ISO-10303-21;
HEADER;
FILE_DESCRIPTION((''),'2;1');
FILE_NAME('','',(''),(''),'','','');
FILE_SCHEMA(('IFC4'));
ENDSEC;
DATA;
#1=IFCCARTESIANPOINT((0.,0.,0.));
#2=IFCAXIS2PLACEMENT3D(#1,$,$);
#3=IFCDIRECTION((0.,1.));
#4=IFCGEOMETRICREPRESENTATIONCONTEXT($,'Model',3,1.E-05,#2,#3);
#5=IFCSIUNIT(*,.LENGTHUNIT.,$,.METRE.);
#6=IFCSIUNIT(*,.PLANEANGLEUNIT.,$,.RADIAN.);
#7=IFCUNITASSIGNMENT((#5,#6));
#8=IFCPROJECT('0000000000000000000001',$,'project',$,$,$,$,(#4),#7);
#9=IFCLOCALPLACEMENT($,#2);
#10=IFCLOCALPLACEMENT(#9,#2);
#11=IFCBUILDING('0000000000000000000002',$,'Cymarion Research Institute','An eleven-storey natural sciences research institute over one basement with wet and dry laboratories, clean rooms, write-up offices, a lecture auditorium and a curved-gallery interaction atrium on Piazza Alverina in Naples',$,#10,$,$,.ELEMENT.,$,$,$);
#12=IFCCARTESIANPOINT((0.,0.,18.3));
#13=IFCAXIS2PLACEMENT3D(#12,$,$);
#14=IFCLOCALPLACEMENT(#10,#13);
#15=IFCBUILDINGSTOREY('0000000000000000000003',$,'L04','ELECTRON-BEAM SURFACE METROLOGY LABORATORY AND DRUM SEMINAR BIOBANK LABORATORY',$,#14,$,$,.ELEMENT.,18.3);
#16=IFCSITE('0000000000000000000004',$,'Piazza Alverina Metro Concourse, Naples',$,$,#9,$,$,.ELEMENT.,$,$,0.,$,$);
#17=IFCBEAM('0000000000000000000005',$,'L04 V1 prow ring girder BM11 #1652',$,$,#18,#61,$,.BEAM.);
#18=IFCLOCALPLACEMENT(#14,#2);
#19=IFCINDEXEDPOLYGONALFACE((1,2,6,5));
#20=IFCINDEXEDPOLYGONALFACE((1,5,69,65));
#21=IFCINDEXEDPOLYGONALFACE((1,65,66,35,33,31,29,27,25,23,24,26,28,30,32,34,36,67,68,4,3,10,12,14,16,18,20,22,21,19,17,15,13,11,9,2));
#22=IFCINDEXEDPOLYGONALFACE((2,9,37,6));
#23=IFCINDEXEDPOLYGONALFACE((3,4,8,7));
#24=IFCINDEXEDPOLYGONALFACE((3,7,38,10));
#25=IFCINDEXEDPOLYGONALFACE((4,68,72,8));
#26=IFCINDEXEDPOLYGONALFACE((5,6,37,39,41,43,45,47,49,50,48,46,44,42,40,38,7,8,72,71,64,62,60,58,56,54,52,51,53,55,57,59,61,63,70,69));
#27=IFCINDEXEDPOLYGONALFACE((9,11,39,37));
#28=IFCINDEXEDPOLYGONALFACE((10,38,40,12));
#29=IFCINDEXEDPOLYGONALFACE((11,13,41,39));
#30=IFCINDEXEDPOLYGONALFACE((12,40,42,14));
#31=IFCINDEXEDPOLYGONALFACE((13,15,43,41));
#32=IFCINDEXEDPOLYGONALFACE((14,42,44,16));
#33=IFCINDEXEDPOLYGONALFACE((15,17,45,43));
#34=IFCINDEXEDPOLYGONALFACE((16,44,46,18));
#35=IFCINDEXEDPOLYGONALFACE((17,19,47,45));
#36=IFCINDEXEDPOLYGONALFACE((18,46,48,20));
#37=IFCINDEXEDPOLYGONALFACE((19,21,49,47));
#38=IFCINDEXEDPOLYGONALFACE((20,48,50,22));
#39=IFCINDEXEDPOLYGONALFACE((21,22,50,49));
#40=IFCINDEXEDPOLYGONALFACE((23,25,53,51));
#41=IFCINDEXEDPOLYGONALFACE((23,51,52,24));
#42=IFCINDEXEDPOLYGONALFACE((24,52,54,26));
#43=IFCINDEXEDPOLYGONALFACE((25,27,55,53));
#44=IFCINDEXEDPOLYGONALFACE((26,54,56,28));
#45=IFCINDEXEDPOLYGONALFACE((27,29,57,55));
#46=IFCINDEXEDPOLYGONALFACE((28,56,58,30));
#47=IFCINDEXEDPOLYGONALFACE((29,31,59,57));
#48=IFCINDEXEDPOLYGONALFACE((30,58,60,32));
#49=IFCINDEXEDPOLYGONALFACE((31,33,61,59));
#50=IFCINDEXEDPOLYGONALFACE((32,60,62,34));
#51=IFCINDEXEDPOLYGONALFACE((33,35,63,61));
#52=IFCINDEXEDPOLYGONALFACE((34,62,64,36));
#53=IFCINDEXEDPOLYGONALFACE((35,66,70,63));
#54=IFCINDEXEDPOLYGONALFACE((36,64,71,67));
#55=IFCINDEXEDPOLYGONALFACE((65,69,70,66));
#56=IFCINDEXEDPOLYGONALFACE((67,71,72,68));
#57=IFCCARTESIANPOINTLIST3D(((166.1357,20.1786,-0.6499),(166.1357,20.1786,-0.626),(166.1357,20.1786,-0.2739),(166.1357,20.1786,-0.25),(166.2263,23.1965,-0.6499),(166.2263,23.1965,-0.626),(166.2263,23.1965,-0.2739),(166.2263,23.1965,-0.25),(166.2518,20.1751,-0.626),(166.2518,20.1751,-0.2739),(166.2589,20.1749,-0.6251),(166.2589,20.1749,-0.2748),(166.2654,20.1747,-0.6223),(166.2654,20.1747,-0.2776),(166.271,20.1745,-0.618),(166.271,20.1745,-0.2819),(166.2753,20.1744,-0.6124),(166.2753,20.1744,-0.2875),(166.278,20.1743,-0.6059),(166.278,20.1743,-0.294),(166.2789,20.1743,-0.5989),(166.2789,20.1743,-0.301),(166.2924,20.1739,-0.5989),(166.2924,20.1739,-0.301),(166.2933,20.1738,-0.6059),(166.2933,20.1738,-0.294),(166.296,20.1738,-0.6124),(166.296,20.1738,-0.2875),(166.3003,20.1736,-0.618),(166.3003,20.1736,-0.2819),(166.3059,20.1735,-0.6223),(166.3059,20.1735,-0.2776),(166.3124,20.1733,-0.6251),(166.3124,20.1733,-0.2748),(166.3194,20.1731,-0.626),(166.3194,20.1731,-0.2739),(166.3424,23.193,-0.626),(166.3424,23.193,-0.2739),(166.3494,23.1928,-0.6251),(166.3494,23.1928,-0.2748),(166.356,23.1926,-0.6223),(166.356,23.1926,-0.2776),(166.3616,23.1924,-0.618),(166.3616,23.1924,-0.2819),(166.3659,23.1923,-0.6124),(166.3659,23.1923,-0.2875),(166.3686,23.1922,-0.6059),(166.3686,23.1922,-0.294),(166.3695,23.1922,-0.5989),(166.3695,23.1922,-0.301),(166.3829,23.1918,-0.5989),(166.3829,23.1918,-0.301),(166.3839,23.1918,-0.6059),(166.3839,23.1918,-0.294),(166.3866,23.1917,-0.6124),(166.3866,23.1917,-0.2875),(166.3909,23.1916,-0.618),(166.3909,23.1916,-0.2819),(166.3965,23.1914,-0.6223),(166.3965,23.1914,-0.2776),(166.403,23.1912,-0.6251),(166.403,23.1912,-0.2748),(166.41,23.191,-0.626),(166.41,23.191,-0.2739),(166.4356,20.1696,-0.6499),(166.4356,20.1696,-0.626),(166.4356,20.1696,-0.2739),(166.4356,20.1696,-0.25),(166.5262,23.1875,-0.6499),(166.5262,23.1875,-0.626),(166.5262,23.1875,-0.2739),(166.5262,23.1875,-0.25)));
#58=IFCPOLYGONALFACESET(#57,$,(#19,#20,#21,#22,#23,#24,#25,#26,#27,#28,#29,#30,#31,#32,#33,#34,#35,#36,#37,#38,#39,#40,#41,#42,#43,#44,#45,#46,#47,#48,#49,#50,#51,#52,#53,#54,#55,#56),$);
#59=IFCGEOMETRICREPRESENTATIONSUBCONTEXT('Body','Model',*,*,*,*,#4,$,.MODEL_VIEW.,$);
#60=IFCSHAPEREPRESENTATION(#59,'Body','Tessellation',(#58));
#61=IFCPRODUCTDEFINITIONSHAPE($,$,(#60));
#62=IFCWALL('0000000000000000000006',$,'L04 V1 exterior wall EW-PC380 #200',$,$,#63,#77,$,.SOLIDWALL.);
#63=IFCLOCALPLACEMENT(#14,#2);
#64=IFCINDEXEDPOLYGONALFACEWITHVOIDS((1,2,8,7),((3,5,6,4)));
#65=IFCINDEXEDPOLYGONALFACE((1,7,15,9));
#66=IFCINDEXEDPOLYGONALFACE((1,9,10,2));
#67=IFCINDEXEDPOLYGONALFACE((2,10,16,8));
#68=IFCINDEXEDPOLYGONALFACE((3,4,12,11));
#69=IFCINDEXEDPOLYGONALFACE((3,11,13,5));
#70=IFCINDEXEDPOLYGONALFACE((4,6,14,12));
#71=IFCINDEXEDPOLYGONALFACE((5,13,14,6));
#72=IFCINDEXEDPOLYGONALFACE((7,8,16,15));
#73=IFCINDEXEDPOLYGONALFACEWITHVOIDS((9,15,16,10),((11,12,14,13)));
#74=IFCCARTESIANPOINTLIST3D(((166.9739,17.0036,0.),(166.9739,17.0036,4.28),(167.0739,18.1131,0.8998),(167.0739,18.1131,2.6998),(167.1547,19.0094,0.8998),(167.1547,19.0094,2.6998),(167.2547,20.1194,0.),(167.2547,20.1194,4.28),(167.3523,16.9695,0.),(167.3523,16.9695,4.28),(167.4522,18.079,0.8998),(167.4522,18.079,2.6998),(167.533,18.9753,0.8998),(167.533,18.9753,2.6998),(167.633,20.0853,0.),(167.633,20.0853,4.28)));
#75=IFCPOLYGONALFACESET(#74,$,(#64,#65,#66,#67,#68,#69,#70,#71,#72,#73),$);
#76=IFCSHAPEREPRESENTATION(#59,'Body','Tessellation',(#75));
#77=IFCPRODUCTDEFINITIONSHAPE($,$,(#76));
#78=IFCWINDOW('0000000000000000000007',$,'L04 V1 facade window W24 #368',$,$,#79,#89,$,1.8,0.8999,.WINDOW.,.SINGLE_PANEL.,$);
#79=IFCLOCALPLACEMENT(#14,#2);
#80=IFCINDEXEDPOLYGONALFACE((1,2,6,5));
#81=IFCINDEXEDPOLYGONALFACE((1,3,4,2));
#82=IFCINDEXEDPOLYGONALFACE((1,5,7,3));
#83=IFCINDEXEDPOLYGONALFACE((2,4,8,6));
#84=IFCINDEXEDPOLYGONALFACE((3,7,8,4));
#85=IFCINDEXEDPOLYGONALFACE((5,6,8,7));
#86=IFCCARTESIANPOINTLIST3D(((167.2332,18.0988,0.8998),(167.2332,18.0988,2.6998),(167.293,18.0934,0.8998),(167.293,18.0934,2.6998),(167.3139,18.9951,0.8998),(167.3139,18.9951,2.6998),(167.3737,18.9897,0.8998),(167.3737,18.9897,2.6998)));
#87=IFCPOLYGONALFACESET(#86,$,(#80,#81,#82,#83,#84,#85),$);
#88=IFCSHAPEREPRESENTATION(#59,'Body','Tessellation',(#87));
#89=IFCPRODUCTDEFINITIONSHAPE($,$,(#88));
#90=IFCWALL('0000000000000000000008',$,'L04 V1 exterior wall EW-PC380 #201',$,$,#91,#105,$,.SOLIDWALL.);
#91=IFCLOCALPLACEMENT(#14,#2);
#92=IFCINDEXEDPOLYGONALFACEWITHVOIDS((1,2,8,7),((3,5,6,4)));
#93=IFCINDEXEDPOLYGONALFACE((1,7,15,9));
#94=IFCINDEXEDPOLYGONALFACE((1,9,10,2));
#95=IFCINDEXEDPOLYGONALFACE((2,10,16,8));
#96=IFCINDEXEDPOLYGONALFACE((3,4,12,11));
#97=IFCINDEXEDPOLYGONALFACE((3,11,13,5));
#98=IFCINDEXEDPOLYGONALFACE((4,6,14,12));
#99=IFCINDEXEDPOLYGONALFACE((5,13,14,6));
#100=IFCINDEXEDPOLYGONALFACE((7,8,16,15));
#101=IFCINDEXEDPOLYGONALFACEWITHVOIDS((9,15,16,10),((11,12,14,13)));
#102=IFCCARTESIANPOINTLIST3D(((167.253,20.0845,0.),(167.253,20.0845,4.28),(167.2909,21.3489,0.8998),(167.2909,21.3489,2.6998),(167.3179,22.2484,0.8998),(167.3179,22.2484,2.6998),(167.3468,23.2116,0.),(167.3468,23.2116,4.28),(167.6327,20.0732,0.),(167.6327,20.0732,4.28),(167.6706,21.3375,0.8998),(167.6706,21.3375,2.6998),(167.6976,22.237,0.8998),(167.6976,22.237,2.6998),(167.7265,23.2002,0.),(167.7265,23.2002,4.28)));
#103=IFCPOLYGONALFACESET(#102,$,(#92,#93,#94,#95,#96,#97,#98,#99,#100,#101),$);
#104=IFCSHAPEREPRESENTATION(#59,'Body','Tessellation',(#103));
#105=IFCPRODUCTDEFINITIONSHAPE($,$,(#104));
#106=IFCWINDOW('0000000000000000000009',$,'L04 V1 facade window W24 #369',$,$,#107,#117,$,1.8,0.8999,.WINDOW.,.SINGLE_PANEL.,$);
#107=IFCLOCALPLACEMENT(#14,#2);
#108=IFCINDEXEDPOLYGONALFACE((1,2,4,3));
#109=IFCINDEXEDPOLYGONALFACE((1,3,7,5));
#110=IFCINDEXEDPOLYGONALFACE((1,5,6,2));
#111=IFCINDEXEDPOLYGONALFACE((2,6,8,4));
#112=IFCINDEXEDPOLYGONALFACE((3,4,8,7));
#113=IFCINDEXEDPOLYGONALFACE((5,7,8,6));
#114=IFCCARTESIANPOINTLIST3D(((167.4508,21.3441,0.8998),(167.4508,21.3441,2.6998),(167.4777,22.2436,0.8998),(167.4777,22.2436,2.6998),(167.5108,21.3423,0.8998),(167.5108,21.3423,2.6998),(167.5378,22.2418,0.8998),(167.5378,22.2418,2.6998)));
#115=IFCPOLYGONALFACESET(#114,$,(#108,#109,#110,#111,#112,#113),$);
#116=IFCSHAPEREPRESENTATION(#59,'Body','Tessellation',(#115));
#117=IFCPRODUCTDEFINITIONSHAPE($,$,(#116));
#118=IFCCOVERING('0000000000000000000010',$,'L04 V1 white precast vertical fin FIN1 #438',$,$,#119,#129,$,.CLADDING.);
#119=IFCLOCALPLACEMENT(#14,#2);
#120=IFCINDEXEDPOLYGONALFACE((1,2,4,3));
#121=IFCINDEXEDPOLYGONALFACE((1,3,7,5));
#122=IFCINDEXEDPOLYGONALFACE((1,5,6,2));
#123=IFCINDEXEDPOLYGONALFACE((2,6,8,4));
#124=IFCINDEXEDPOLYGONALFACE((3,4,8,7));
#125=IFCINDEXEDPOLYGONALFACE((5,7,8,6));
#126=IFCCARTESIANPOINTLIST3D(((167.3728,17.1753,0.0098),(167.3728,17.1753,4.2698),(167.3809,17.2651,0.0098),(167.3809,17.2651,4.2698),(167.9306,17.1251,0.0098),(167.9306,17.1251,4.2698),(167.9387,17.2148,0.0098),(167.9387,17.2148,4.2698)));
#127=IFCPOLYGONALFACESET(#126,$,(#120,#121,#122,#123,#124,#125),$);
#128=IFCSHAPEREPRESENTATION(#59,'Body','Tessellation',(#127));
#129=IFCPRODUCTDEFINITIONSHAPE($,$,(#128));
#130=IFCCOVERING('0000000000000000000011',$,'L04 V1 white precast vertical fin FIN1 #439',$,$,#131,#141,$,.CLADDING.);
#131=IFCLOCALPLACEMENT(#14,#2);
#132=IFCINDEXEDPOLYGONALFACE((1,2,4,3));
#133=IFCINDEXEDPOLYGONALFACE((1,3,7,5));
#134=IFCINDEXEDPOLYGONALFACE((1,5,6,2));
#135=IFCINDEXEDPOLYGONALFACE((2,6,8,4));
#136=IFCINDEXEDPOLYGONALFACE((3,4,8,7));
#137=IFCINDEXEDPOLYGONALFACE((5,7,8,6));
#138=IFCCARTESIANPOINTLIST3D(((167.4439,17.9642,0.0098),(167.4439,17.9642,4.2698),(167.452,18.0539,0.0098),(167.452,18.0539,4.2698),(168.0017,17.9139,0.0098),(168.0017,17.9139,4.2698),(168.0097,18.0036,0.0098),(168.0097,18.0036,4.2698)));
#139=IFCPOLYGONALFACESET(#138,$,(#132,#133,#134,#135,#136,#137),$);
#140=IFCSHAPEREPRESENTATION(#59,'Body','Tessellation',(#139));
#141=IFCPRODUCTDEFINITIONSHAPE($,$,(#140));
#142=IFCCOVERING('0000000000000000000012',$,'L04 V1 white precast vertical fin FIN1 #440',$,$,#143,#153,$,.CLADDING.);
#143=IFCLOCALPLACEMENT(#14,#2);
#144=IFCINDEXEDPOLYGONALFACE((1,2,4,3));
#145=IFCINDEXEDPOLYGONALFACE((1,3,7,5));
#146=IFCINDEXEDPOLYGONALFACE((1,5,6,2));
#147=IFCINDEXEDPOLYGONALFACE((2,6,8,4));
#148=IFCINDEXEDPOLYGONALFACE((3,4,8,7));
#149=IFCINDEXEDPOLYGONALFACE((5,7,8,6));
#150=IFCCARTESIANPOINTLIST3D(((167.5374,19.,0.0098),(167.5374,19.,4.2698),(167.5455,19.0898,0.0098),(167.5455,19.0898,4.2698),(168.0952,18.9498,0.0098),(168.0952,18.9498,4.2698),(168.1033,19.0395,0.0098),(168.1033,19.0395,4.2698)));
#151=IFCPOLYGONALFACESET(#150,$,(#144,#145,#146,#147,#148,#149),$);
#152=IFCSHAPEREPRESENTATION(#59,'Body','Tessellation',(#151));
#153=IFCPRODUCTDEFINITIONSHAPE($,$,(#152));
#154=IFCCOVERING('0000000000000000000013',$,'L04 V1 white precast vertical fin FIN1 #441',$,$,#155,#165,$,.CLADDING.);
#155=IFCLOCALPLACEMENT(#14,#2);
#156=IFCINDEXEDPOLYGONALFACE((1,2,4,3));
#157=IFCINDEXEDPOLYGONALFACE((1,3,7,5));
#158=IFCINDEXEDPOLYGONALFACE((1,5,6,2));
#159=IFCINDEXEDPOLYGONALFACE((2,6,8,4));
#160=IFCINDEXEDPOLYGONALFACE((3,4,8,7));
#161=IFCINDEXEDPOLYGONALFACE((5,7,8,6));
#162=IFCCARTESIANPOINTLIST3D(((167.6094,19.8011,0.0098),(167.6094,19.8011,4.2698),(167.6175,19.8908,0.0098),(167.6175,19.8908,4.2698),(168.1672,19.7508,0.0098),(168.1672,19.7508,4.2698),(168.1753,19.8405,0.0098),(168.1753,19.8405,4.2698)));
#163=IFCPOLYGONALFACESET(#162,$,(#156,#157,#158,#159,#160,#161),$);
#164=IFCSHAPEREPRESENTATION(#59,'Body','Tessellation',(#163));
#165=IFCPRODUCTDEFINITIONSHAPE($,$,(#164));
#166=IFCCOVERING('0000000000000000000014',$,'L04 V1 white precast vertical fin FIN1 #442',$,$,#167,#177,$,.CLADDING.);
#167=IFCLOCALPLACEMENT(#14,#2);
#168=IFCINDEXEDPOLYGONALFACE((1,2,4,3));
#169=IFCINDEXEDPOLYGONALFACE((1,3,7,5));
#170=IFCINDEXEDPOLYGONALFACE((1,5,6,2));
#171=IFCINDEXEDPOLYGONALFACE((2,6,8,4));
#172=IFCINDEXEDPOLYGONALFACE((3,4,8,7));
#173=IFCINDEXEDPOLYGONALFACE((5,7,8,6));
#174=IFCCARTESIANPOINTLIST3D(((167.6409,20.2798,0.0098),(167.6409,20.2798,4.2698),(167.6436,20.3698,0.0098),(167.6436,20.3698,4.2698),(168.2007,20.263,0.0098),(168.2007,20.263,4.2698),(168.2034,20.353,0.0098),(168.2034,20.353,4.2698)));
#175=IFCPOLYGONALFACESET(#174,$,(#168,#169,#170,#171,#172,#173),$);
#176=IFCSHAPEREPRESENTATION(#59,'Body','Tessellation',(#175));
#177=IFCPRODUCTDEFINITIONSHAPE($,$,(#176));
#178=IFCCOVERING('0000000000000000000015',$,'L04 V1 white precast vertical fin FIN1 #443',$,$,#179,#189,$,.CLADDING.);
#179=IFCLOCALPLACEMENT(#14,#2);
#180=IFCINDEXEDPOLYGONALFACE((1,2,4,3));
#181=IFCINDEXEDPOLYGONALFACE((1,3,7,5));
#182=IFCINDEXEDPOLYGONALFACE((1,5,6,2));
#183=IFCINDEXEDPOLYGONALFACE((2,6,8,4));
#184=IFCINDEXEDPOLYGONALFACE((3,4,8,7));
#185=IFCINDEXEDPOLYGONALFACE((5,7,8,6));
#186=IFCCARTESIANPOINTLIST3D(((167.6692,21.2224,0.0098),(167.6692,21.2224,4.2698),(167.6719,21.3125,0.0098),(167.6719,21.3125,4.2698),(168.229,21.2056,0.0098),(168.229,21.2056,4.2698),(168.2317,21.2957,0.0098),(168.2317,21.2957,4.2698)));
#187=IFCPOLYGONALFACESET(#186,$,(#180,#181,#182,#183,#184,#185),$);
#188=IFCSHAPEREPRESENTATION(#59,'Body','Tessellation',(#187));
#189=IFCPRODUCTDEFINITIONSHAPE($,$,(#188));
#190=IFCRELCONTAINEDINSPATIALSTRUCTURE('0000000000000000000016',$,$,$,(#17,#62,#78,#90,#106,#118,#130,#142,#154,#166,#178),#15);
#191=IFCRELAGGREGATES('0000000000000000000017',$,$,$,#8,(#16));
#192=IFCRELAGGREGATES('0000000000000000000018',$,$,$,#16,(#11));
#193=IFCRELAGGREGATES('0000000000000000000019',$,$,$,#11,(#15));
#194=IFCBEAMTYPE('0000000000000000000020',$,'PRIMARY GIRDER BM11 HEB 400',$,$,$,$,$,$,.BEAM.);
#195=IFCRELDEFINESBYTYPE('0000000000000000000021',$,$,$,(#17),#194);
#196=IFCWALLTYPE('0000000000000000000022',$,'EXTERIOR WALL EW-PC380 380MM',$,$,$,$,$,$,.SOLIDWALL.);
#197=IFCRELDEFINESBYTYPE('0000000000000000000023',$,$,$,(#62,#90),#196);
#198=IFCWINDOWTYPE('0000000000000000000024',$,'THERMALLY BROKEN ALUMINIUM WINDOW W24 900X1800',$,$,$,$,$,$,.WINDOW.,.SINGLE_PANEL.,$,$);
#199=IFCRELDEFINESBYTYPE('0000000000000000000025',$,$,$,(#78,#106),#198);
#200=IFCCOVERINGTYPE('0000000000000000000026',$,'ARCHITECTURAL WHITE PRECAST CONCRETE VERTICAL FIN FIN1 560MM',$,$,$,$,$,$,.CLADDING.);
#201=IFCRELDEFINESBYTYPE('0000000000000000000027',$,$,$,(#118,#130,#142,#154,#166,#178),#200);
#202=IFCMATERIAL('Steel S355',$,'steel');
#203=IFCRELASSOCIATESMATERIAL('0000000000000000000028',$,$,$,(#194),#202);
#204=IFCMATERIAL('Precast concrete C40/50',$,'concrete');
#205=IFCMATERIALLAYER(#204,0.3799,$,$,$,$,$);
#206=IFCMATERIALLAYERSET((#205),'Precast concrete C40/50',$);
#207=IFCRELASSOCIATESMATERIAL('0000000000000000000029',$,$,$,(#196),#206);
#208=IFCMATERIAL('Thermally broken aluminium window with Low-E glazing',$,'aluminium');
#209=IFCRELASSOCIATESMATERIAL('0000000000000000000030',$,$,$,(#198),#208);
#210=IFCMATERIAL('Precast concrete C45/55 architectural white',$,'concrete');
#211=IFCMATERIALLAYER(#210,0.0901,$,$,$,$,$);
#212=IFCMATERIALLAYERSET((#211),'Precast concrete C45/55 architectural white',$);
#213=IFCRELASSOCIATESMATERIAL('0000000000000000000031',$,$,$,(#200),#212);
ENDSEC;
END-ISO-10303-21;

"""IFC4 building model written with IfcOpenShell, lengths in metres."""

from ifc_helpers import new_model, si_unit, direction, frame, frame_2d, origin, origin_2d, place, context, subcontext, project, spatial, rectangle, i_section, extrude, material, layer, layer_set, material_profile, profile_set, type_object, element, fill, save


model = new_model("IFC4")

# Units and contexts
model_context = context("Model", 3, precision=1e-05, world=origin(), true_north=direction((0.0, 1.0)))
body_context = subcontext(model_context, "Body", "Model", "MODEL_VIEW")
ifc_project = project(units=[si_unit("LENGTHUNIT", "METRE"), si_unit("PLANEANGLEUNIT", "RADIAN")], contexts=[model_context])

# Site, building, storey
site_placement = place(None, origin())
site = spatial("IfcSite", under=ifc_project, at=site_placement, Name="Piazza Alverina Metro Concourse, Naples", CompositionType="ELEMENT", RefElevation=0.0)
building_placement = place(site_placement, origin())
building = spatial("IfcBuilding", under=site, at=building_placement, Name="Cymarion Research Institute", Description="An eleven-storey natural sciences research institute over one basement with wet and dry laboratories, clean rooms, write-up offices, a lecture auditorium and a curved-gallery interaction atrium on Piazza Alverina in Naples", CompositionType="ELEMENT")
storey_placement = place(building_placement, frame((0.0, 0.0, 18.3)))
storey = spatial("IfcBuildingStorey", under=building, at=storey_placement, Name="L04", Description="ELECTRON-BEAM SURFACE METROLOGY LABORATORY AND DRUM SEMINAR BIOBANK LABORATORY", CompositionType="ELEMENT", Elevation=18.3)

# Shared definitions
ifc_material_1 = material(Name="Steel S355", Category="steel")

# Beam
ifc_material_profile_1 = material_profile(ifc_material_1, i_section(OverallWidth=0.3, OverallDepth=0.3999, WebThickness=0.0134, FlangeThickness=0.0239, FilletRadius=0.0271, at=origin_2d()), Name="HEB 400")
ifc_profile_set_1 = profile_set([ifc_material_profile_1], Name="Steel S355")
beam_type_1 = type_object("IfcBeamType", Name="PRIMARY GIRDER BM11 HEB 400", PredefinedType="BEAM", material=ifc_profile_set_1)
beam_1_placement = place(storey_placement, frame((166.2856, 20.1741, -0.45), z_axis=(0.03, 0.99955, 0.0), x_axis=(-0.99955, 0.03, 0.0)))
element("IfcBeam", 1, at=beam_1_placement, inside=storey, type_object=beam_type_1, Name="L04 V1 prow ring girder BM11 #1652", PredefinedType="BEAM", context=body_context, shape_type="SweptSolid", body=[
    extrude(i_section(OverallWidth=0.3, OverallDepth=0.3999, WebThickness=0.0134, FlangeThickness=0.0239, FilletRadius=0.0271, at=origin_2d()), origin(), (0.0, 0.0, 1.0), 3.0193),
])

# Walls, openings, windows
ifc_material_2 = material(Name="Precast concrete C40/50", Category="concrete")
ifc_layer_1 = layer(ifc_material_2, 0.3799)
ifc_layer_set_1 = layer_set([ifc_layer_1], Name="Precast concrete C40/50")
wall_type = type_object("IfcWallType", Name="EXTERIOR WALL EW-PC380 380MM", PredefinedType="SOLIDWALL", material=ifc_layer_set_1)
wall_1_placement = place(storey_placement, frame((167.1631, 16.9866, 0.0), z_axis=(0.0, 0.0, 1.0), x_axis=(0.089748, 0.995965, 0.0)))
wall_1 = element("IfcWall", 2, at=wall_1_placement, inside=storey, type_object=wall_type, Name="L04 V1 exterior wall EW-PC380 #200", PredefinedType="SOLIDWALL", context=body_context, shape_type="SweptSolid", body=[
    extrude(rectangle(XDim=3.1284, YDim=0.3799, at=frame_2d((1.5642, 0.0))), origin(), (0.0, 0.0, 1.0), 4.28),
])
opening_1_placement = place(wall_1_placement, frame((1.114, 0.0, 0.8999)))
opening_1 = element("IfcOpeningElement", 3, at=opening_1_placement, cuts=wall_1, PredefinedType="OPENING", context=body_context, shape_type="SweptSolid", body=[
    extrude(rectangle(XDim=0.8999, YDim=1.8, at=frame_2d((0.45, 0.8999))), frame((0.0, 0.2, 0.0), z_axis=(0.0, -1.0, 0.0), x_axis=(1.0, 0.0, 0.0)), (0.0, 0.0, 1.0), 0.3999),
])
ifc_material_3 = material(Name="Thermally broken aluminium window with Low-E glazing", Category="aluminium")
window_type = type_object("IfcWindowType", Name="THERMALLY BROKEN ALUMINIUM WINDOW W24 900X1800", PartitioningType="SINGLE_PANEL", PredefinedType="WINDOW", material=ifc_material_3)
window_1_placement = place(opening_1_placement, origin())
window_1 = element("IfcWindow", 4, at=window_1_placement, inside=storey, type_object=window_type, Name="L04 V1 facade window W24 #368", OverallHeight=1.8, OverallWidth=0.8999, PartitioningType="SINGLE_PANEL", PredefinedType="WINDOW", context=body_context, shape_type="SweptSolid", body=[
    extrude(rectangle(XDim=0.8999, YDim=1.8, at=frame_2d((0.45, 0.8999))), frame((0.0, 0.03, 0.0), z_axis=(0.0, -1.0, 0.0), x_axis=(1.0, 0.0, 0.0)), (0.0, 0.0, 1.0), 0.0601),
])
fill(opening_1, window_1)
wall_2_placement = place(storey_placement, frame((167.4429, 20.0789, 0.0), z_axis=(0.0, 0.0, 1.0), x_axis=(0.029968, 0.999551, 0.0)))
wall_2 = element("IfcWall", 5, at=wall_2_placement, inside=storey, type_object=wall_type, Name="L04 V1 exterior wall EW-PC380 #201", PredefinedType="SOLIDWALL", context=body_context, shape_type="SweptSolid", body=[
    extrude(rectangle(XDim=3.1284, YDim=0.3799, at=frame_2d((1.5642, 0.0))), origin(), (0.0, 0.0, 1.0), 4.28),
])
opening_2_placement = place(wall_2_placement, frame((1.2649, 0.0, 0.8999)))
opening_2 = element("IfcOpeningElement", 6, at=opening_2_placement, cuts=wall_2, PredefinedType="OPENING", context=body_context, shape_type="SweptSolid", body=[
    extrude(rectangle(XDim=0.8999, YDim=1.8, at=frame_2d((0.45, 0.8999))), frame((0.0, 0.2, 0.0), z_axis=(0.0, -1.0, 0.0), x_axis=(1.0, 0.0, 0.0)), (0.0, 0.0, 1.0), 0.3999),
])
window_2_placement = place(opening_2_placement, origin())
window_2 = element("IfcWindow", 7, at=window_2_placement, inside=storey, type_object=window_type, Name="L04 V1 facade window W24 #369", OverallHeight=1.8, OverallWidth=0.8999, PartitioningType="SINGLE_PANEL", PredefinedType="WINDOW", context=body_context, shape_type="SweptSolid", body=[
    extrude(rectangle(XDim=0.8999, YDim=1.8, at=frame_2d((0.45, 0.8999))), frame((0.0, 0.03, 0.0), z_axis=(0.0, -1.0, 0.0), x_axis=(1.0, 0.0, 0.0)), (0.0, 0.0, 1.0), 0.0601),
])
fill(opening_2, window_2)

# Coverings
ifc_material_4 = material(Name="Precast concrete C45/55 architectural white", Category="concrete")
ifc_layer_2 = layer(ifc_material_4, 0.0901)
ifc_layer_set_2 = layer_set([ifc_layer_2], Name="Precast concrete C45/55 architectural white")
covering_type = type_object("IfcCoveringType", Name="ARCHITECTURAL WHITE PRECAST CONCRETE VERTICAL FIN FIN1 560MM", PredefinedType="CLADDING", material=ifc_layer_set_2)
for number, where, z_axis, x_axis, name in (
    (8, (167.6558, 17.1951, 0.0098), (0.0, 0.0, 1.0), (0.995963, -0.089763, 0.0), "L04 V1 white precast vertical fin FIN1 #438"),
    (9, (167.7268, 17.9839, 0.0098), (0.0, 0.0, 1.0), (0.995963, -0.089763, 0.0), "L04 V1 white precast vertical fin FIN1 #439"),
    (10, (167.8203, 19.0198, 0.0098), (0.0, 0.0, 1.0), (0.995963, -0.089763, 0.0), "L04 V1 white precast vertical fin FIN1 #440"),
    (11, (167.8923, 19.8208, 0.0098), (0.0, 0.0, 1.0), (0.995963, -0.089763, 0.0), "L04 V1 white precast vertical fin FIN1 #441"),
    (12, (167.9221, 20.3164, 0.0098), (0.0, 0.0, 1.0), (0.999549, -0.030015, 0.0), "L04 V1 white precast vertical fin FIN1 #442"),
    (13, (167.9504, 21.259, 0.0098), (0.0, 0.0, 1.0), (0.999549, -0.030015, 0.0), "L04 V1 white precast vertical fin FIN1 #443"),
):
    element("IfcCovering", number, at=place(storey_placement, frame(where, z_axis=z_axis, x_axis=x_axis)), inside=storey, type_object=covering_type, Name=name, PredefinedType="CLADDING", context=body_context, shape_type="SweptSolid", body=[
        extrude(rectangle(XDim=0.5601, YDim=0.0901, at=origin_2d()), origin(), (0.0, 0.0, 1.0), 4.26),
    ])

save(model, "model.ifc")
